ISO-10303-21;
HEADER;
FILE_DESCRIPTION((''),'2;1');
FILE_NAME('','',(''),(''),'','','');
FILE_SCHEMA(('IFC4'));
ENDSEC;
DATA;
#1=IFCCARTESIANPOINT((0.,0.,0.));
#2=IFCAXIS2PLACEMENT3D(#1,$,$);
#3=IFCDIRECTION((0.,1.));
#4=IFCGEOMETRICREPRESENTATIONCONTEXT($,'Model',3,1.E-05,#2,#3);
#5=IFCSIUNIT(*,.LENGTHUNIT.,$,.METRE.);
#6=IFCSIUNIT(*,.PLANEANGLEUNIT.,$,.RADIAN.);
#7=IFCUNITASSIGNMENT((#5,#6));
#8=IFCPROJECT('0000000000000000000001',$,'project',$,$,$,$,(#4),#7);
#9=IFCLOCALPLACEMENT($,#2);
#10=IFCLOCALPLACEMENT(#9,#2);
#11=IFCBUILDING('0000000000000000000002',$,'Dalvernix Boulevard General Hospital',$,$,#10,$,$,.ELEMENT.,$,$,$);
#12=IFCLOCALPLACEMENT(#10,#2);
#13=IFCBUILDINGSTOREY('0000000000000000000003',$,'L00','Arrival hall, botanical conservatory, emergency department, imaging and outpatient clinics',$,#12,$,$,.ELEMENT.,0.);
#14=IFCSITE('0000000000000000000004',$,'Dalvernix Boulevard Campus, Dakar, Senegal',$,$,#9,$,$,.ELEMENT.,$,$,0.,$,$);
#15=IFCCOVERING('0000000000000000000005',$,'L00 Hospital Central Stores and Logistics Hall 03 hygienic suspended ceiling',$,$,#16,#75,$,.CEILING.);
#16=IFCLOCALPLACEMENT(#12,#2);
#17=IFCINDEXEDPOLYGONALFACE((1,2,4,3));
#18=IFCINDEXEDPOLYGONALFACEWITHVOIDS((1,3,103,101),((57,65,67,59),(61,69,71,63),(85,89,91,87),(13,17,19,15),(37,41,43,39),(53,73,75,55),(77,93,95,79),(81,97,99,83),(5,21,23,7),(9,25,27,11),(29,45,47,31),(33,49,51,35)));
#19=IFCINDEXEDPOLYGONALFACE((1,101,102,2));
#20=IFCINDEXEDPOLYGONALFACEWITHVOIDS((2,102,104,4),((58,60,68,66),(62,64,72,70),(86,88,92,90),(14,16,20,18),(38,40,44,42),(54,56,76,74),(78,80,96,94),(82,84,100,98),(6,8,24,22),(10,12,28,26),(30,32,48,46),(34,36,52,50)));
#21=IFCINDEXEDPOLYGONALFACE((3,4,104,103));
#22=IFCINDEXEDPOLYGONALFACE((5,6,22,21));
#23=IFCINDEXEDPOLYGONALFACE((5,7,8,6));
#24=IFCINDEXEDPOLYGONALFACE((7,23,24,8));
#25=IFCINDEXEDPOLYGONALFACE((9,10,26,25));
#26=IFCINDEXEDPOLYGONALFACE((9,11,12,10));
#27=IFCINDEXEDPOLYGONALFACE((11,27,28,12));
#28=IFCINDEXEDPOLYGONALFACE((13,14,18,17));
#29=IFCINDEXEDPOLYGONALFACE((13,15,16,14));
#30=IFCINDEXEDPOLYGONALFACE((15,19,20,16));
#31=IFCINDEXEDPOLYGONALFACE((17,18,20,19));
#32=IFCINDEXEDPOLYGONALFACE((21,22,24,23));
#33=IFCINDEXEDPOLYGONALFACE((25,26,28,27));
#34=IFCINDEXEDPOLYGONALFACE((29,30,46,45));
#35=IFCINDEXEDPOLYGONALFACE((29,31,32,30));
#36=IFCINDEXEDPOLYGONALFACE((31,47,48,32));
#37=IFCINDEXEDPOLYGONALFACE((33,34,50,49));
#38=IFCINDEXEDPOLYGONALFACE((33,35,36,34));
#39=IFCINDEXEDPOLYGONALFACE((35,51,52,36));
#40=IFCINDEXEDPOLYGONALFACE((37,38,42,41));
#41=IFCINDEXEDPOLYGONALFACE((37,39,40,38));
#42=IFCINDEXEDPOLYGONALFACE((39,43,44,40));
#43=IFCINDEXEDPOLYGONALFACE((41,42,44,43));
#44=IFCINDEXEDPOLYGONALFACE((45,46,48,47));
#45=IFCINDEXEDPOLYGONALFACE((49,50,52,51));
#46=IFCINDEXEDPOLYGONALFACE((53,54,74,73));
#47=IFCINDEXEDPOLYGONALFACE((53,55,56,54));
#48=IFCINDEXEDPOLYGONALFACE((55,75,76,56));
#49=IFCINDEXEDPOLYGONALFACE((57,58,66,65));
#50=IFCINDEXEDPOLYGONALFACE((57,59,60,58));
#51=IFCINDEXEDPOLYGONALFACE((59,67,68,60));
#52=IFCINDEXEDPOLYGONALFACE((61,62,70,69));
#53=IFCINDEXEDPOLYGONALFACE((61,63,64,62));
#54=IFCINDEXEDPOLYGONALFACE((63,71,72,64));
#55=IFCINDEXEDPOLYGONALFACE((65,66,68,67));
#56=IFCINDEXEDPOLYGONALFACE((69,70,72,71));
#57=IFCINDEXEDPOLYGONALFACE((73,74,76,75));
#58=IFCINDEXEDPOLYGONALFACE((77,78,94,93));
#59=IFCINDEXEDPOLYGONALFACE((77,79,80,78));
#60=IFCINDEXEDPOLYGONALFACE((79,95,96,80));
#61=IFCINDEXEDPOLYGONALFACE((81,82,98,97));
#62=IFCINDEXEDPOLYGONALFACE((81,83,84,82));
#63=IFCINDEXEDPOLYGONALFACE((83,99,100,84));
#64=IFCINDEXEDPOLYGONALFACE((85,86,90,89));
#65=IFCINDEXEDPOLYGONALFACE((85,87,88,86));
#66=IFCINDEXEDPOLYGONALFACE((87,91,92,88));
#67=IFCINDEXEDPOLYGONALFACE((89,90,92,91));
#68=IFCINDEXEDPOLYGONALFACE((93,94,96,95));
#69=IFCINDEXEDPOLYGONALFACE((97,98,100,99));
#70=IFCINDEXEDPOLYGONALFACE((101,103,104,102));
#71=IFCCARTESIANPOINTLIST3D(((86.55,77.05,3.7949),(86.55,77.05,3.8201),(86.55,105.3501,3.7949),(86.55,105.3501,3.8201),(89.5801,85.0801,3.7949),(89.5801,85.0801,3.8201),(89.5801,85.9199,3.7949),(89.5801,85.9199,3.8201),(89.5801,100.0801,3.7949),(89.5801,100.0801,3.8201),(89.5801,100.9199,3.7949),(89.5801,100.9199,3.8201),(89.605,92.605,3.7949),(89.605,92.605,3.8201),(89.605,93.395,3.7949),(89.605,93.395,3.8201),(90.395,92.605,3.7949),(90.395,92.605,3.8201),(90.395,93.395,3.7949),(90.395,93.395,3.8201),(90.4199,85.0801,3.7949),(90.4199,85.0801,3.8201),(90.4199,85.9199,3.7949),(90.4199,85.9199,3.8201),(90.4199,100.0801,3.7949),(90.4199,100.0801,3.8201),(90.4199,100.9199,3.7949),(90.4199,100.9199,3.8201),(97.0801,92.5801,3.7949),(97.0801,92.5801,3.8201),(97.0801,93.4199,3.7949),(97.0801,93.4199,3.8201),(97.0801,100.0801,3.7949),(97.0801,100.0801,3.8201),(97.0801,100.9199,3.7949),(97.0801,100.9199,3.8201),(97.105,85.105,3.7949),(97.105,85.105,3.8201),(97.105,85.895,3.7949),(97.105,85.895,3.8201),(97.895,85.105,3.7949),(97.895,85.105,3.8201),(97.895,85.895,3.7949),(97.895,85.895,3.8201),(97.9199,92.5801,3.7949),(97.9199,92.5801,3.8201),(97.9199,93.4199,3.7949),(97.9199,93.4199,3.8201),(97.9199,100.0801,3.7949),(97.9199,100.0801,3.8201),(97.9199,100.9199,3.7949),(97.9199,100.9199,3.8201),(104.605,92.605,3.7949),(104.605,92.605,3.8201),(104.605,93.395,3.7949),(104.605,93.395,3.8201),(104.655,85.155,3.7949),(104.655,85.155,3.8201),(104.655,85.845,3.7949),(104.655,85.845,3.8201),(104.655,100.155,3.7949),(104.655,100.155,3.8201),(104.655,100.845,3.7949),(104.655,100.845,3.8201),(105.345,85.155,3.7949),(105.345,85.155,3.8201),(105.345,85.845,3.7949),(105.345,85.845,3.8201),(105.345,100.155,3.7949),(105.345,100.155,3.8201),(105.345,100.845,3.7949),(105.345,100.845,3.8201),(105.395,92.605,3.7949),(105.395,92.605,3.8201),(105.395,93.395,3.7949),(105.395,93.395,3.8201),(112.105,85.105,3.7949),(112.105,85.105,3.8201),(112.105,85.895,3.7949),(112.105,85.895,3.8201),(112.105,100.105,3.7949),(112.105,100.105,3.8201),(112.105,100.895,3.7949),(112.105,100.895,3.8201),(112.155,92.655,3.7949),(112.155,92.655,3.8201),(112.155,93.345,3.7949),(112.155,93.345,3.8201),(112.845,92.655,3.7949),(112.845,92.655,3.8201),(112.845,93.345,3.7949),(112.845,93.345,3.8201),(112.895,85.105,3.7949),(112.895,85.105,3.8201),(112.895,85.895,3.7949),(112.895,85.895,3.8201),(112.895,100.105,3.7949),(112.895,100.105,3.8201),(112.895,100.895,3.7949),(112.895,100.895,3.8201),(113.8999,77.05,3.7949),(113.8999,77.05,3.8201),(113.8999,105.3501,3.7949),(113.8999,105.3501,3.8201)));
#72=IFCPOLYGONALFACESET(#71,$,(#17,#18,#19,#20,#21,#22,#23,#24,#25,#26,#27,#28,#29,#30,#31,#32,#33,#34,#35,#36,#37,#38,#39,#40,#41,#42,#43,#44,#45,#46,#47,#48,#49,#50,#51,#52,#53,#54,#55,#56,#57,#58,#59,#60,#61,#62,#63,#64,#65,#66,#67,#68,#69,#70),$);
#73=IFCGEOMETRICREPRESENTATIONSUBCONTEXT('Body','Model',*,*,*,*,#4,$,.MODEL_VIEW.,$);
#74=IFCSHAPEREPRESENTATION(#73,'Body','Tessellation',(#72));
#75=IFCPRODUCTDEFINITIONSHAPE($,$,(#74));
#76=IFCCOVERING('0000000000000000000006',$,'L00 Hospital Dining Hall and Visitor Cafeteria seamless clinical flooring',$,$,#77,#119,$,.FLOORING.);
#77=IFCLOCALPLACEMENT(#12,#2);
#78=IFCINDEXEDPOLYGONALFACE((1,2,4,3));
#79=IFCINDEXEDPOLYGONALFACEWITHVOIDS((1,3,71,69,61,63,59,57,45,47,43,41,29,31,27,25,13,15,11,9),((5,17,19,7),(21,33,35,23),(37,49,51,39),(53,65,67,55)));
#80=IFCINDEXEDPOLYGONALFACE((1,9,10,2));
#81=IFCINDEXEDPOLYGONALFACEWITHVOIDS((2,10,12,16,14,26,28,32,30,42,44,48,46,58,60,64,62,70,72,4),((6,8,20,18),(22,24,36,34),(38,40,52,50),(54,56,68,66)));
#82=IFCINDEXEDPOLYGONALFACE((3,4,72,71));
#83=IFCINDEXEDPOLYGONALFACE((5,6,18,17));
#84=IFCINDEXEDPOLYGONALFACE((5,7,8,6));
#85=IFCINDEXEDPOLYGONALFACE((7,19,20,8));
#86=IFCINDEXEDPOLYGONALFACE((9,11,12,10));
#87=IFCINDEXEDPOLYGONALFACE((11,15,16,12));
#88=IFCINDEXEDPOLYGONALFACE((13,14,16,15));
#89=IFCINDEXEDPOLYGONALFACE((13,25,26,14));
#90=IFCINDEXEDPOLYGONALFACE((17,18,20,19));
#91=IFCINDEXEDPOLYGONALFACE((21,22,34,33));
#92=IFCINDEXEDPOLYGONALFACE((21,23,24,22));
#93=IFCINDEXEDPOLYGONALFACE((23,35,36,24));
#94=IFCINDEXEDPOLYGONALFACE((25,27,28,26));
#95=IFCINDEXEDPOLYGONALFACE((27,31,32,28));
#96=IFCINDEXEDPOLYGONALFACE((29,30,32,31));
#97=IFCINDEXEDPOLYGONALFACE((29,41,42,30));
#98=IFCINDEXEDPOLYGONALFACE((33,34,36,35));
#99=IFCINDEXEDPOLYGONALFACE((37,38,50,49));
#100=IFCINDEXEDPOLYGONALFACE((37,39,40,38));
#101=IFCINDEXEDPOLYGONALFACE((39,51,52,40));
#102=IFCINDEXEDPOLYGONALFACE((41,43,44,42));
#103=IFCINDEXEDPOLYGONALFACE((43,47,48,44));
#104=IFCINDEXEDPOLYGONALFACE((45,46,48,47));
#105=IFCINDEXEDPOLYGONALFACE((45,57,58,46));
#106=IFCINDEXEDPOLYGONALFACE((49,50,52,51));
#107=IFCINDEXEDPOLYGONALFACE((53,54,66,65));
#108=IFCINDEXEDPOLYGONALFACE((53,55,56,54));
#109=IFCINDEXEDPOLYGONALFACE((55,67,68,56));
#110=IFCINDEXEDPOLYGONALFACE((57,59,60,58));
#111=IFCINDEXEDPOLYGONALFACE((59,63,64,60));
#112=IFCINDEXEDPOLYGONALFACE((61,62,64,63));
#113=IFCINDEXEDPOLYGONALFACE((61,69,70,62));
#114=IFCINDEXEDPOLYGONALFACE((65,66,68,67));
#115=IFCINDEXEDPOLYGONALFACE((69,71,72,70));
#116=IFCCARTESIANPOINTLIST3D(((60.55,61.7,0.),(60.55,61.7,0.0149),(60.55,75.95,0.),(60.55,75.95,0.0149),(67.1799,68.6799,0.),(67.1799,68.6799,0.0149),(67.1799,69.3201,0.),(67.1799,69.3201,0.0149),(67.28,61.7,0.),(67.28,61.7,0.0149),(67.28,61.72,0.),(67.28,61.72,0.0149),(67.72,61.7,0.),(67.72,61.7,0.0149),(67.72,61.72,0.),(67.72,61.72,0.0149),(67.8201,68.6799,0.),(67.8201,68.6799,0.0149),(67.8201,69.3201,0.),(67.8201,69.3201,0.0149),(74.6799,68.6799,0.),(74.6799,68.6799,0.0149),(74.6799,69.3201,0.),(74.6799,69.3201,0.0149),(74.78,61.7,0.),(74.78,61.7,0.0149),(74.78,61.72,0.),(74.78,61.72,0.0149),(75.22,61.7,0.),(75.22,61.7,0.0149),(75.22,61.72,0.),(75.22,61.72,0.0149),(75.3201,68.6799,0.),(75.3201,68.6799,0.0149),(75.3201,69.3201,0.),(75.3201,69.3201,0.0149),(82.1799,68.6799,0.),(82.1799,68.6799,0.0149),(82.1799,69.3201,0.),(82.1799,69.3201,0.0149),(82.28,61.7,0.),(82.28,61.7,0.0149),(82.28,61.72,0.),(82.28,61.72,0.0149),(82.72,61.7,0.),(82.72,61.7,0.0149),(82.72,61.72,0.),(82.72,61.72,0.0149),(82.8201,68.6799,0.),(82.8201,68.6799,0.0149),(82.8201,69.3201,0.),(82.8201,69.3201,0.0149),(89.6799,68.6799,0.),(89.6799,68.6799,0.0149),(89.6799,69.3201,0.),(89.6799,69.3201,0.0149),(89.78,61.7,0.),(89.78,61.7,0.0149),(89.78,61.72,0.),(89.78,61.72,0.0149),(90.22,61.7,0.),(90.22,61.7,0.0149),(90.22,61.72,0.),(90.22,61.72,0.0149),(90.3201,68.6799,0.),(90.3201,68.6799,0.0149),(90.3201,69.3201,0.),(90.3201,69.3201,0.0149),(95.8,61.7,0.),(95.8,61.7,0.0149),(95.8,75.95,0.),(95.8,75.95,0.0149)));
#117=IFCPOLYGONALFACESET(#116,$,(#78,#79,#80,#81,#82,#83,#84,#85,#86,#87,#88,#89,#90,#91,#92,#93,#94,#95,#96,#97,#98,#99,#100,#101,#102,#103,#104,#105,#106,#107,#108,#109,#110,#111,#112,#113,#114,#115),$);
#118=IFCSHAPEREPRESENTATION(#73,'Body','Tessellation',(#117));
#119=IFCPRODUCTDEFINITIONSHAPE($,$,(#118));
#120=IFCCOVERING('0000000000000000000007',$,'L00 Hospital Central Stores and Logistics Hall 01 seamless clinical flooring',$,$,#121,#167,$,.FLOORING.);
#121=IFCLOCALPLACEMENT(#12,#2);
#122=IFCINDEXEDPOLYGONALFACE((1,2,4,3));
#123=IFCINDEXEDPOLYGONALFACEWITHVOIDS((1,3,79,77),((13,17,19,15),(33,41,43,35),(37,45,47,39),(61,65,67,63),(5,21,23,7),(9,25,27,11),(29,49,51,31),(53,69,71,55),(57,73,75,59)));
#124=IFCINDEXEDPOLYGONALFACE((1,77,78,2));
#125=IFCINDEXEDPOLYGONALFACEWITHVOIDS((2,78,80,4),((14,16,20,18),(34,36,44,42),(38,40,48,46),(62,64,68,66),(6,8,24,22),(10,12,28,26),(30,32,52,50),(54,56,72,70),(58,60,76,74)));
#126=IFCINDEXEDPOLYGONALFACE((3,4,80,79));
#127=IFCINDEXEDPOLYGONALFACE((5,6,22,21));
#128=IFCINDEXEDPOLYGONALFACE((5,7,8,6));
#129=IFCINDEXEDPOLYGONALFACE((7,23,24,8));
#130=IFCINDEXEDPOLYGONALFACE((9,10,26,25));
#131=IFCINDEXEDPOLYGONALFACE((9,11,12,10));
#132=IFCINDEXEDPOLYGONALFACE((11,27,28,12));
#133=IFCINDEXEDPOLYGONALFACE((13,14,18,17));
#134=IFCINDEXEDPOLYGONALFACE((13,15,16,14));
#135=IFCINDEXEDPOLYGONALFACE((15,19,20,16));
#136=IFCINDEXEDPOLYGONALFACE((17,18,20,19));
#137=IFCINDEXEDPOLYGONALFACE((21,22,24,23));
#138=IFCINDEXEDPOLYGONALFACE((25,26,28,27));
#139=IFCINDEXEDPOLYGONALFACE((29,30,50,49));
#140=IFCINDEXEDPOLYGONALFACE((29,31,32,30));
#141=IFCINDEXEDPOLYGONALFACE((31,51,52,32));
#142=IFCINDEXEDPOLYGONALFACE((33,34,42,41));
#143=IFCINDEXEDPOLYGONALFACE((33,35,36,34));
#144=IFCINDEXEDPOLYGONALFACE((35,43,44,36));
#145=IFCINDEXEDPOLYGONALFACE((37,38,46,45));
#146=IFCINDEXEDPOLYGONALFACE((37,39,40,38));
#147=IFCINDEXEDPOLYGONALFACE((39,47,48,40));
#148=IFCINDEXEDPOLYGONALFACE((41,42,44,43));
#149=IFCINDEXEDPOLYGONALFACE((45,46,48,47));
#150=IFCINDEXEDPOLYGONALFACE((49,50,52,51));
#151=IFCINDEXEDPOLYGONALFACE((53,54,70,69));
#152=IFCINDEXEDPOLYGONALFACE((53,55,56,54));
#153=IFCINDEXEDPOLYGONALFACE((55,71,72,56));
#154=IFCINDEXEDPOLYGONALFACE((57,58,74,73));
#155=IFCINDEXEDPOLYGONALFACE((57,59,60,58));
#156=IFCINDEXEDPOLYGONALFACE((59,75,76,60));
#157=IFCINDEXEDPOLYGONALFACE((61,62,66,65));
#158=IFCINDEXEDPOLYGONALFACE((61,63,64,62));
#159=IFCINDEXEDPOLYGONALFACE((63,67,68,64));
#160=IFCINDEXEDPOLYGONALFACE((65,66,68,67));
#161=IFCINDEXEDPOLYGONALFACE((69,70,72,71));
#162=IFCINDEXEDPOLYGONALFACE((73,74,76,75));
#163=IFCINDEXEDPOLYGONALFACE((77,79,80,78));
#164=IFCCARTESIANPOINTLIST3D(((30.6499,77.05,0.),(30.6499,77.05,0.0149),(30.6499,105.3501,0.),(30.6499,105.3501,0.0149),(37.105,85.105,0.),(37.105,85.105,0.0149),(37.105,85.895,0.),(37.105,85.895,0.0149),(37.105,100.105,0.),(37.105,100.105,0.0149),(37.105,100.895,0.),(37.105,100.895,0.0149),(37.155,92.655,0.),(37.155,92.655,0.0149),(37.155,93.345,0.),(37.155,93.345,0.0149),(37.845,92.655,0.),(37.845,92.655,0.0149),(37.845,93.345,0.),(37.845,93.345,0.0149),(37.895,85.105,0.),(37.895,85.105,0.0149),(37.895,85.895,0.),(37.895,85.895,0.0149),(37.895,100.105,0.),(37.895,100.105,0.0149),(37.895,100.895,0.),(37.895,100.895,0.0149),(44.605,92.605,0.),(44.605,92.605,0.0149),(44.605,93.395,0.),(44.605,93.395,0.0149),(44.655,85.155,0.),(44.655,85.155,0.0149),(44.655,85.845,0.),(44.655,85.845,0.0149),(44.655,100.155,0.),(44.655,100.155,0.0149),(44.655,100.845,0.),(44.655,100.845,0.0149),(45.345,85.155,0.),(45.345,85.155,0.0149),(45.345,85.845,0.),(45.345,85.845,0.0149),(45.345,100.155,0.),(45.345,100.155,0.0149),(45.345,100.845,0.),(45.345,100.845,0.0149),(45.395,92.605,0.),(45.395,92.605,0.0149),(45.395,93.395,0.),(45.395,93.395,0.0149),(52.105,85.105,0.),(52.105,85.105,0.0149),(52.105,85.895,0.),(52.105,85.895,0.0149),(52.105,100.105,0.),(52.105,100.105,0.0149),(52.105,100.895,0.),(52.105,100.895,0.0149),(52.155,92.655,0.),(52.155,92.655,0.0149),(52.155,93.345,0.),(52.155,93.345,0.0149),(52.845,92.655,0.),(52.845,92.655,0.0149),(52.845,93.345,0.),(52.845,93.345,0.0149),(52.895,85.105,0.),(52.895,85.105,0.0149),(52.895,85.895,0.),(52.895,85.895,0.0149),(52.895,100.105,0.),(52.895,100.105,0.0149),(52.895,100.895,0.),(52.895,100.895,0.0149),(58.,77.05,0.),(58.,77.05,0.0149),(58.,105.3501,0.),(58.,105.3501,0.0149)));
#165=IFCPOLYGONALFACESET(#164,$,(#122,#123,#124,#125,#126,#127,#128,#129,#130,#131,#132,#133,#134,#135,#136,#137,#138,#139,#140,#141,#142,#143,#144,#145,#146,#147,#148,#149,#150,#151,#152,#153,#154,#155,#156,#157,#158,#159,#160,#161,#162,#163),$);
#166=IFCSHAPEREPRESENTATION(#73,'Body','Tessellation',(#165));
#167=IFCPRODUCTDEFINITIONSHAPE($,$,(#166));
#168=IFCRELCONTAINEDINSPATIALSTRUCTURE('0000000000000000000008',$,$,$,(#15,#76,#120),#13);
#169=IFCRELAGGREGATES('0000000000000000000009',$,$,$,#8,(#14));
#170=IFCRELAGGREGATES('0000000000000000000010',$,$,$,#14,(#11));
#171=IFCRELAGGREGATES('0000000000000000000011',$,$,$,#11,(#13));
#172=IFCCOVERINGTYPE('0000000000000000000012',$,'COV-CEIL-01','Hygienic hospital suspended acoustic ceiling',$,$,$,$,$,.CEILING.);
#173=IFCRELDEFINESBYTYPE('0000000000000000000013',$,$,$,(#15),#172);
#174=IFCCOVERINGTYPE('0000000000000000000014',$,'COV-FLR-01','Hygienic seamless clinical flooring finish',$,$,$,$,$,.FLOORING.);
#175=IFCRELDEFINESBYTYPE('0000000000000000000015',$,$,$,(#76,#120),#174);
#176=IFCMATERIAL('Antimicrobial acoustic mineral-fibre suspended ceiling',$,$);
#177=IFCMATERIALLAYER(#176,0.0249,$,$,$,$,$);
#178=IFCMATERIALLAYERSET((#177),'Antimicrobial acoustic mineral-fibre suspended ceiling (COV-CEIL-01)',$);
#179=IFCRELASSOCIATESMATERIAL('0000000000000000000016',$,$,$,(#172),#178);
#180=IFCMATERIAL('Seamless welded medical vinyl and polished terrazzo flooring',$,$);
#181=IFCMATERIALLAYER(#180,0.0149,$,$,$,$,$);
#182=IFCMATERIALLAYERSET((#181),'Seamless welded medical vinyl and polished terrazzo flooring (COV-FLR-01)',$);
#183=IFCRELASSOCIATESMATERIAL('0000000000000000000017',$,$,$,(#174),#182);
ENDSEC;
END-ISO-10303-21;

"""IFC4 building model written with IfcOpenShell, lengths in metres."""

from ifc_helpers import new_model, si_unit, direction, frame, origin, place, context, subcontext, project, spatial, polyline, outline, extrude, material, layer, layer_set, type_object, element, save


model = new_model("IFC4")

# Units and contexts
model_context = context("Model", 3, precision=1e-05, world=origin(), true_north=direction((0.0, 1.0)))
body_context = subcontext(model_context, "Body", "Model", "MODEL_VIEW")
ifc_project = project(units=[si_unit("LENGTHUNIT", "METRE"), si_unit("PLANEANGLEUNIT", "RADIAN")], contexts=[model_context])

# Site, building, storey
site_placement = place(None, origin())
site = spatial("IfcSite", under=ifc_project, at=site_placement, Name="Dalvernix Boulevard Campus, Dakar, Senegal", CompositionType="ELEMENT", RefElevation=0.0)
building_placement = place(site_placement, origin())
building = spatial("IfcBuilding", under=site, at=building_placement, Name="Dalvernix Boulevard General Hospital", CompositionType="ELEMENT")
storey_placement = place(building_placement, origin())
storey = spatial("IfcBuildingStorey", under=building, at=storey_placement, Name="L00", Description="Arrival hall, botanical conservatory, emergency department, imaging and outpatient clinics", CompositionType="ELEMENT", Elevation=0.0)

# Coverings
ifc_material_1 = material(Name="Antimicrobial acoustic mineral-fibre suspended ceiling")
ifc_layer_1 = layer(ifc_material_1, 0.0249)
ifc_layer_set_1 = layer_set([ifc_layer_1], Name="Antimicrobial acoustic mineral-fibre suspended ceiling (COV-CEIL-01)")
covering_type_1 = type_object("IfcCoveringType", Name="COV-CEIL-01", Description="Hygienic hospital suspended acoustic ceiling", PredefinedType="CEILING", material=ifc_layer_set_1)
covering_1_placement = place(storey_placement, frame((0.0, 0.0, 3.7949)))
element("IfcCovering", 1, at=covering_1_placement, inside=storey, type_object=covering_type_1, Name="L00 Hospital Central Stores and Logistics Hall 03 hygienic suspended ceiling", PredefinedType="CEILING", context=body_context, shape_type="SweptSolid", body=[
    extrude(outline(polyline([(113.8999, 77.05), (86.55, 77.05), (86.55, 105.3501), (113.8999, 105.3501), (113.8999, 77.05)]), holes=[polyline([(90.4199, 85.0801), (90.4199, 85.9199), (89.5801, 85.9199), (89.5801, 85.0801), (90.4199, 85.0801)]), polyline([(89.605, 92.605), (90.395, 92.605), (90.395, 93.395), (89.605, 93.395), (89.605, 92.605)]), polyline([(89.5801, 100.9199), (89.5801, 100.0801), (90.4199, 100.0801), (90.4199, 100.9199), (89.5801, 100.9199)]), polyline([(97.895, 85.895), (97.105, 85.895), (97.105, 85.105), (97.895, 85.105), (97.895, 85.895)]), polyline([(97.9199, 92.5801), (97.9199, 93.4199), (97.0801, 93.4199), (97.0801, 92.5801), (97.9199, 92.5801)]), polyline([(97.0801, 100.0801), (97.9199, 100.0801), (97.9199, 100.9199), (97.0801, 100.9199), (97.0801, 100.0801)]), polyline([(104.655, 85.845), (104.655, 85.155), (105.345, 85.155), (105.345, 85.845), (104.655, 85.845)]), polyline([(105.395, 93.395), (104.605, 93.395), (104.605, 92.605), (105.395, 92.605), (105.395, 93.395)]), polyline([(105.345, 100.155), (105.345, 100.845), (104.655, 100.845), (104.655, 100.155), (105.345, 100.155)]), polyline([(112.105, 85.105), (112.895, 85.105), (112.895, 85.895), (112.105, 85.895), (112.105, 85.105)]), polyline([(112.155, 93.345), (112.155, 92.655), (112.845, 92.655), (112.845, 93.345), (112.155, 93.345)]), polyline([(112.895, 100.895), (112.105, 100.895), (112.105, 100.105), (112.895, 100.105), (112.895, 100.895)])]), origin(), (0.0, 0.0, 1.0), 0.0251),
])
ifc_material_2 = material(Name="Seamless welded medical vinyl and polished terrazzo flooring")
ifc_layer_2 = layer(ifc_material_2, 0.0149)
ifc_layer_set_2 = layer_set([ifc_layer_2], Name="Seamless welded medical vinyl and polished terrazzo flooring (COV-FLR-01)")
covering_type_2 = type_object("IfcCoveringType", Name="COV-FLR-01", Description="Hygienic seamless clinical flooring finish", PredefinedType="FLOORING", material=ifc_layer_set_2)
covering_2_placement = place(storey_placement, origin())
element("IfcCovering", 2, at=covering_2_placement, inside=storey, type_object=covering_type_2, Name="L00 Hospital Dining Hall and Visitor Cafeteria seamless clinical flooring", PredefinedType="FLOORING", context=body_context, shape_type="SweptSolid", body=[
    extrude(outline(polyline([(95.8, 61.7), (90.22, 61.7), (90.22, 61.72), (89.78, 61.72), (89.78, 61.7), (82.72, 61.7), (82.72, 61.72), (82.28, 61.72), (82.28, 61.7), (75.22, 61.7), (75.22, 61.72), (74.78, 61.72), (74.78, 61.7), (67.72, 61.7), (67.72, 61.72), (67.28, 61.72), (67.28, 61.7), (60.55, 61.7), (60.55, 75.95), (95.8, 75.95), (95.8, 61.7)]), holes=[polyline([(67.1799, 68.6799), (67.8201, 68.6799), (67.8201, 69.3201), (67.1799, 69.3201), (67.1799, 68.6799)]), polyline([(75.3201, 69.3201), (74.6799, 69.3201), (74.6799, 68.6799), (75.3201, 68.6799), (75.3201, 69.3201)]), polyline([(82.1799, 68.6799), (82.8201, 68.6799), (82.8201, 69.3201), (82.1799, 69.3201), (82.1799, 68.6799)]), polyline([(90.3201, 69.3201), (89.6799, 69.3201), (89.6799, 68.6799), (90.3201, 68.6799), (90.3201, 69.3201)])]), origin(), (0.0, 0.0, 1.0), 0.0149),
])
covering_3_placement = place(storey_placement, origin())
element("IfcCovering", 3, at=covering_3_placement, inside=storey, type_object=covering_type_2, Name="L00 Hospital Central Stores and Logistics Hall 01 seamless clinical flooring", PredefinedType="FLOORING", context=body_context, shape_type="SweptSolid", body=[
    extrude(outline(polyline([(30.6499, 77.05), (30.6499, 105.3501), (58.0, 105.3501), (58.0, 77.05), (30.6499, 77.05)]), holes=[polyline([(37.895, 85.895), (37.105, 85.895), (37.105, 85.105), (37.895, 85.105), (37.895, 85.895)]), polyline([(37.845, 92.655), (37.845, 93.345), (37.155, 93.345), (37.155, 92.655), (37.845, 92.655)]), polyline([(37.105, 100.105), (37.895, 100.105), (37.895, 100.895), (37.105, 100.895), (37.105, 100.105)]), polyline([(44.655, 85.845), (44.655, 85.155), (45.345, 85.155), (45.345, 85.845), (44.655, 85.845)]), polyline([(45.395, 93.395), (44.605, 93.395), (44.605, 92.605), (45.395, 92.605), (45.395, 93.395)]), polyline([(45.345, 100.155), (45.345, 100.845), (44.655, 100.845), (44.655, 100.155), (45.345, 100.155)]), polyline([(52.105, 85.105), (52.895, 85.105), (52.895, 85.895), (52.105, 85.895), (52.105, 85.105)]), polyline([(52.155, 93.345), (52.155, 92.655), (52.845, 92.655), (52.845, 93.345), (52.155, 93.345)]), polyline([(52.895, 100.895), (52.105, 100.895), (52.105, 100.105), (52.895, 100.105), (52.895, 100.895)])]), origin(), (0.0, 0.0, 1.0), 0.0149),
])

save(model, "model.ifc")
